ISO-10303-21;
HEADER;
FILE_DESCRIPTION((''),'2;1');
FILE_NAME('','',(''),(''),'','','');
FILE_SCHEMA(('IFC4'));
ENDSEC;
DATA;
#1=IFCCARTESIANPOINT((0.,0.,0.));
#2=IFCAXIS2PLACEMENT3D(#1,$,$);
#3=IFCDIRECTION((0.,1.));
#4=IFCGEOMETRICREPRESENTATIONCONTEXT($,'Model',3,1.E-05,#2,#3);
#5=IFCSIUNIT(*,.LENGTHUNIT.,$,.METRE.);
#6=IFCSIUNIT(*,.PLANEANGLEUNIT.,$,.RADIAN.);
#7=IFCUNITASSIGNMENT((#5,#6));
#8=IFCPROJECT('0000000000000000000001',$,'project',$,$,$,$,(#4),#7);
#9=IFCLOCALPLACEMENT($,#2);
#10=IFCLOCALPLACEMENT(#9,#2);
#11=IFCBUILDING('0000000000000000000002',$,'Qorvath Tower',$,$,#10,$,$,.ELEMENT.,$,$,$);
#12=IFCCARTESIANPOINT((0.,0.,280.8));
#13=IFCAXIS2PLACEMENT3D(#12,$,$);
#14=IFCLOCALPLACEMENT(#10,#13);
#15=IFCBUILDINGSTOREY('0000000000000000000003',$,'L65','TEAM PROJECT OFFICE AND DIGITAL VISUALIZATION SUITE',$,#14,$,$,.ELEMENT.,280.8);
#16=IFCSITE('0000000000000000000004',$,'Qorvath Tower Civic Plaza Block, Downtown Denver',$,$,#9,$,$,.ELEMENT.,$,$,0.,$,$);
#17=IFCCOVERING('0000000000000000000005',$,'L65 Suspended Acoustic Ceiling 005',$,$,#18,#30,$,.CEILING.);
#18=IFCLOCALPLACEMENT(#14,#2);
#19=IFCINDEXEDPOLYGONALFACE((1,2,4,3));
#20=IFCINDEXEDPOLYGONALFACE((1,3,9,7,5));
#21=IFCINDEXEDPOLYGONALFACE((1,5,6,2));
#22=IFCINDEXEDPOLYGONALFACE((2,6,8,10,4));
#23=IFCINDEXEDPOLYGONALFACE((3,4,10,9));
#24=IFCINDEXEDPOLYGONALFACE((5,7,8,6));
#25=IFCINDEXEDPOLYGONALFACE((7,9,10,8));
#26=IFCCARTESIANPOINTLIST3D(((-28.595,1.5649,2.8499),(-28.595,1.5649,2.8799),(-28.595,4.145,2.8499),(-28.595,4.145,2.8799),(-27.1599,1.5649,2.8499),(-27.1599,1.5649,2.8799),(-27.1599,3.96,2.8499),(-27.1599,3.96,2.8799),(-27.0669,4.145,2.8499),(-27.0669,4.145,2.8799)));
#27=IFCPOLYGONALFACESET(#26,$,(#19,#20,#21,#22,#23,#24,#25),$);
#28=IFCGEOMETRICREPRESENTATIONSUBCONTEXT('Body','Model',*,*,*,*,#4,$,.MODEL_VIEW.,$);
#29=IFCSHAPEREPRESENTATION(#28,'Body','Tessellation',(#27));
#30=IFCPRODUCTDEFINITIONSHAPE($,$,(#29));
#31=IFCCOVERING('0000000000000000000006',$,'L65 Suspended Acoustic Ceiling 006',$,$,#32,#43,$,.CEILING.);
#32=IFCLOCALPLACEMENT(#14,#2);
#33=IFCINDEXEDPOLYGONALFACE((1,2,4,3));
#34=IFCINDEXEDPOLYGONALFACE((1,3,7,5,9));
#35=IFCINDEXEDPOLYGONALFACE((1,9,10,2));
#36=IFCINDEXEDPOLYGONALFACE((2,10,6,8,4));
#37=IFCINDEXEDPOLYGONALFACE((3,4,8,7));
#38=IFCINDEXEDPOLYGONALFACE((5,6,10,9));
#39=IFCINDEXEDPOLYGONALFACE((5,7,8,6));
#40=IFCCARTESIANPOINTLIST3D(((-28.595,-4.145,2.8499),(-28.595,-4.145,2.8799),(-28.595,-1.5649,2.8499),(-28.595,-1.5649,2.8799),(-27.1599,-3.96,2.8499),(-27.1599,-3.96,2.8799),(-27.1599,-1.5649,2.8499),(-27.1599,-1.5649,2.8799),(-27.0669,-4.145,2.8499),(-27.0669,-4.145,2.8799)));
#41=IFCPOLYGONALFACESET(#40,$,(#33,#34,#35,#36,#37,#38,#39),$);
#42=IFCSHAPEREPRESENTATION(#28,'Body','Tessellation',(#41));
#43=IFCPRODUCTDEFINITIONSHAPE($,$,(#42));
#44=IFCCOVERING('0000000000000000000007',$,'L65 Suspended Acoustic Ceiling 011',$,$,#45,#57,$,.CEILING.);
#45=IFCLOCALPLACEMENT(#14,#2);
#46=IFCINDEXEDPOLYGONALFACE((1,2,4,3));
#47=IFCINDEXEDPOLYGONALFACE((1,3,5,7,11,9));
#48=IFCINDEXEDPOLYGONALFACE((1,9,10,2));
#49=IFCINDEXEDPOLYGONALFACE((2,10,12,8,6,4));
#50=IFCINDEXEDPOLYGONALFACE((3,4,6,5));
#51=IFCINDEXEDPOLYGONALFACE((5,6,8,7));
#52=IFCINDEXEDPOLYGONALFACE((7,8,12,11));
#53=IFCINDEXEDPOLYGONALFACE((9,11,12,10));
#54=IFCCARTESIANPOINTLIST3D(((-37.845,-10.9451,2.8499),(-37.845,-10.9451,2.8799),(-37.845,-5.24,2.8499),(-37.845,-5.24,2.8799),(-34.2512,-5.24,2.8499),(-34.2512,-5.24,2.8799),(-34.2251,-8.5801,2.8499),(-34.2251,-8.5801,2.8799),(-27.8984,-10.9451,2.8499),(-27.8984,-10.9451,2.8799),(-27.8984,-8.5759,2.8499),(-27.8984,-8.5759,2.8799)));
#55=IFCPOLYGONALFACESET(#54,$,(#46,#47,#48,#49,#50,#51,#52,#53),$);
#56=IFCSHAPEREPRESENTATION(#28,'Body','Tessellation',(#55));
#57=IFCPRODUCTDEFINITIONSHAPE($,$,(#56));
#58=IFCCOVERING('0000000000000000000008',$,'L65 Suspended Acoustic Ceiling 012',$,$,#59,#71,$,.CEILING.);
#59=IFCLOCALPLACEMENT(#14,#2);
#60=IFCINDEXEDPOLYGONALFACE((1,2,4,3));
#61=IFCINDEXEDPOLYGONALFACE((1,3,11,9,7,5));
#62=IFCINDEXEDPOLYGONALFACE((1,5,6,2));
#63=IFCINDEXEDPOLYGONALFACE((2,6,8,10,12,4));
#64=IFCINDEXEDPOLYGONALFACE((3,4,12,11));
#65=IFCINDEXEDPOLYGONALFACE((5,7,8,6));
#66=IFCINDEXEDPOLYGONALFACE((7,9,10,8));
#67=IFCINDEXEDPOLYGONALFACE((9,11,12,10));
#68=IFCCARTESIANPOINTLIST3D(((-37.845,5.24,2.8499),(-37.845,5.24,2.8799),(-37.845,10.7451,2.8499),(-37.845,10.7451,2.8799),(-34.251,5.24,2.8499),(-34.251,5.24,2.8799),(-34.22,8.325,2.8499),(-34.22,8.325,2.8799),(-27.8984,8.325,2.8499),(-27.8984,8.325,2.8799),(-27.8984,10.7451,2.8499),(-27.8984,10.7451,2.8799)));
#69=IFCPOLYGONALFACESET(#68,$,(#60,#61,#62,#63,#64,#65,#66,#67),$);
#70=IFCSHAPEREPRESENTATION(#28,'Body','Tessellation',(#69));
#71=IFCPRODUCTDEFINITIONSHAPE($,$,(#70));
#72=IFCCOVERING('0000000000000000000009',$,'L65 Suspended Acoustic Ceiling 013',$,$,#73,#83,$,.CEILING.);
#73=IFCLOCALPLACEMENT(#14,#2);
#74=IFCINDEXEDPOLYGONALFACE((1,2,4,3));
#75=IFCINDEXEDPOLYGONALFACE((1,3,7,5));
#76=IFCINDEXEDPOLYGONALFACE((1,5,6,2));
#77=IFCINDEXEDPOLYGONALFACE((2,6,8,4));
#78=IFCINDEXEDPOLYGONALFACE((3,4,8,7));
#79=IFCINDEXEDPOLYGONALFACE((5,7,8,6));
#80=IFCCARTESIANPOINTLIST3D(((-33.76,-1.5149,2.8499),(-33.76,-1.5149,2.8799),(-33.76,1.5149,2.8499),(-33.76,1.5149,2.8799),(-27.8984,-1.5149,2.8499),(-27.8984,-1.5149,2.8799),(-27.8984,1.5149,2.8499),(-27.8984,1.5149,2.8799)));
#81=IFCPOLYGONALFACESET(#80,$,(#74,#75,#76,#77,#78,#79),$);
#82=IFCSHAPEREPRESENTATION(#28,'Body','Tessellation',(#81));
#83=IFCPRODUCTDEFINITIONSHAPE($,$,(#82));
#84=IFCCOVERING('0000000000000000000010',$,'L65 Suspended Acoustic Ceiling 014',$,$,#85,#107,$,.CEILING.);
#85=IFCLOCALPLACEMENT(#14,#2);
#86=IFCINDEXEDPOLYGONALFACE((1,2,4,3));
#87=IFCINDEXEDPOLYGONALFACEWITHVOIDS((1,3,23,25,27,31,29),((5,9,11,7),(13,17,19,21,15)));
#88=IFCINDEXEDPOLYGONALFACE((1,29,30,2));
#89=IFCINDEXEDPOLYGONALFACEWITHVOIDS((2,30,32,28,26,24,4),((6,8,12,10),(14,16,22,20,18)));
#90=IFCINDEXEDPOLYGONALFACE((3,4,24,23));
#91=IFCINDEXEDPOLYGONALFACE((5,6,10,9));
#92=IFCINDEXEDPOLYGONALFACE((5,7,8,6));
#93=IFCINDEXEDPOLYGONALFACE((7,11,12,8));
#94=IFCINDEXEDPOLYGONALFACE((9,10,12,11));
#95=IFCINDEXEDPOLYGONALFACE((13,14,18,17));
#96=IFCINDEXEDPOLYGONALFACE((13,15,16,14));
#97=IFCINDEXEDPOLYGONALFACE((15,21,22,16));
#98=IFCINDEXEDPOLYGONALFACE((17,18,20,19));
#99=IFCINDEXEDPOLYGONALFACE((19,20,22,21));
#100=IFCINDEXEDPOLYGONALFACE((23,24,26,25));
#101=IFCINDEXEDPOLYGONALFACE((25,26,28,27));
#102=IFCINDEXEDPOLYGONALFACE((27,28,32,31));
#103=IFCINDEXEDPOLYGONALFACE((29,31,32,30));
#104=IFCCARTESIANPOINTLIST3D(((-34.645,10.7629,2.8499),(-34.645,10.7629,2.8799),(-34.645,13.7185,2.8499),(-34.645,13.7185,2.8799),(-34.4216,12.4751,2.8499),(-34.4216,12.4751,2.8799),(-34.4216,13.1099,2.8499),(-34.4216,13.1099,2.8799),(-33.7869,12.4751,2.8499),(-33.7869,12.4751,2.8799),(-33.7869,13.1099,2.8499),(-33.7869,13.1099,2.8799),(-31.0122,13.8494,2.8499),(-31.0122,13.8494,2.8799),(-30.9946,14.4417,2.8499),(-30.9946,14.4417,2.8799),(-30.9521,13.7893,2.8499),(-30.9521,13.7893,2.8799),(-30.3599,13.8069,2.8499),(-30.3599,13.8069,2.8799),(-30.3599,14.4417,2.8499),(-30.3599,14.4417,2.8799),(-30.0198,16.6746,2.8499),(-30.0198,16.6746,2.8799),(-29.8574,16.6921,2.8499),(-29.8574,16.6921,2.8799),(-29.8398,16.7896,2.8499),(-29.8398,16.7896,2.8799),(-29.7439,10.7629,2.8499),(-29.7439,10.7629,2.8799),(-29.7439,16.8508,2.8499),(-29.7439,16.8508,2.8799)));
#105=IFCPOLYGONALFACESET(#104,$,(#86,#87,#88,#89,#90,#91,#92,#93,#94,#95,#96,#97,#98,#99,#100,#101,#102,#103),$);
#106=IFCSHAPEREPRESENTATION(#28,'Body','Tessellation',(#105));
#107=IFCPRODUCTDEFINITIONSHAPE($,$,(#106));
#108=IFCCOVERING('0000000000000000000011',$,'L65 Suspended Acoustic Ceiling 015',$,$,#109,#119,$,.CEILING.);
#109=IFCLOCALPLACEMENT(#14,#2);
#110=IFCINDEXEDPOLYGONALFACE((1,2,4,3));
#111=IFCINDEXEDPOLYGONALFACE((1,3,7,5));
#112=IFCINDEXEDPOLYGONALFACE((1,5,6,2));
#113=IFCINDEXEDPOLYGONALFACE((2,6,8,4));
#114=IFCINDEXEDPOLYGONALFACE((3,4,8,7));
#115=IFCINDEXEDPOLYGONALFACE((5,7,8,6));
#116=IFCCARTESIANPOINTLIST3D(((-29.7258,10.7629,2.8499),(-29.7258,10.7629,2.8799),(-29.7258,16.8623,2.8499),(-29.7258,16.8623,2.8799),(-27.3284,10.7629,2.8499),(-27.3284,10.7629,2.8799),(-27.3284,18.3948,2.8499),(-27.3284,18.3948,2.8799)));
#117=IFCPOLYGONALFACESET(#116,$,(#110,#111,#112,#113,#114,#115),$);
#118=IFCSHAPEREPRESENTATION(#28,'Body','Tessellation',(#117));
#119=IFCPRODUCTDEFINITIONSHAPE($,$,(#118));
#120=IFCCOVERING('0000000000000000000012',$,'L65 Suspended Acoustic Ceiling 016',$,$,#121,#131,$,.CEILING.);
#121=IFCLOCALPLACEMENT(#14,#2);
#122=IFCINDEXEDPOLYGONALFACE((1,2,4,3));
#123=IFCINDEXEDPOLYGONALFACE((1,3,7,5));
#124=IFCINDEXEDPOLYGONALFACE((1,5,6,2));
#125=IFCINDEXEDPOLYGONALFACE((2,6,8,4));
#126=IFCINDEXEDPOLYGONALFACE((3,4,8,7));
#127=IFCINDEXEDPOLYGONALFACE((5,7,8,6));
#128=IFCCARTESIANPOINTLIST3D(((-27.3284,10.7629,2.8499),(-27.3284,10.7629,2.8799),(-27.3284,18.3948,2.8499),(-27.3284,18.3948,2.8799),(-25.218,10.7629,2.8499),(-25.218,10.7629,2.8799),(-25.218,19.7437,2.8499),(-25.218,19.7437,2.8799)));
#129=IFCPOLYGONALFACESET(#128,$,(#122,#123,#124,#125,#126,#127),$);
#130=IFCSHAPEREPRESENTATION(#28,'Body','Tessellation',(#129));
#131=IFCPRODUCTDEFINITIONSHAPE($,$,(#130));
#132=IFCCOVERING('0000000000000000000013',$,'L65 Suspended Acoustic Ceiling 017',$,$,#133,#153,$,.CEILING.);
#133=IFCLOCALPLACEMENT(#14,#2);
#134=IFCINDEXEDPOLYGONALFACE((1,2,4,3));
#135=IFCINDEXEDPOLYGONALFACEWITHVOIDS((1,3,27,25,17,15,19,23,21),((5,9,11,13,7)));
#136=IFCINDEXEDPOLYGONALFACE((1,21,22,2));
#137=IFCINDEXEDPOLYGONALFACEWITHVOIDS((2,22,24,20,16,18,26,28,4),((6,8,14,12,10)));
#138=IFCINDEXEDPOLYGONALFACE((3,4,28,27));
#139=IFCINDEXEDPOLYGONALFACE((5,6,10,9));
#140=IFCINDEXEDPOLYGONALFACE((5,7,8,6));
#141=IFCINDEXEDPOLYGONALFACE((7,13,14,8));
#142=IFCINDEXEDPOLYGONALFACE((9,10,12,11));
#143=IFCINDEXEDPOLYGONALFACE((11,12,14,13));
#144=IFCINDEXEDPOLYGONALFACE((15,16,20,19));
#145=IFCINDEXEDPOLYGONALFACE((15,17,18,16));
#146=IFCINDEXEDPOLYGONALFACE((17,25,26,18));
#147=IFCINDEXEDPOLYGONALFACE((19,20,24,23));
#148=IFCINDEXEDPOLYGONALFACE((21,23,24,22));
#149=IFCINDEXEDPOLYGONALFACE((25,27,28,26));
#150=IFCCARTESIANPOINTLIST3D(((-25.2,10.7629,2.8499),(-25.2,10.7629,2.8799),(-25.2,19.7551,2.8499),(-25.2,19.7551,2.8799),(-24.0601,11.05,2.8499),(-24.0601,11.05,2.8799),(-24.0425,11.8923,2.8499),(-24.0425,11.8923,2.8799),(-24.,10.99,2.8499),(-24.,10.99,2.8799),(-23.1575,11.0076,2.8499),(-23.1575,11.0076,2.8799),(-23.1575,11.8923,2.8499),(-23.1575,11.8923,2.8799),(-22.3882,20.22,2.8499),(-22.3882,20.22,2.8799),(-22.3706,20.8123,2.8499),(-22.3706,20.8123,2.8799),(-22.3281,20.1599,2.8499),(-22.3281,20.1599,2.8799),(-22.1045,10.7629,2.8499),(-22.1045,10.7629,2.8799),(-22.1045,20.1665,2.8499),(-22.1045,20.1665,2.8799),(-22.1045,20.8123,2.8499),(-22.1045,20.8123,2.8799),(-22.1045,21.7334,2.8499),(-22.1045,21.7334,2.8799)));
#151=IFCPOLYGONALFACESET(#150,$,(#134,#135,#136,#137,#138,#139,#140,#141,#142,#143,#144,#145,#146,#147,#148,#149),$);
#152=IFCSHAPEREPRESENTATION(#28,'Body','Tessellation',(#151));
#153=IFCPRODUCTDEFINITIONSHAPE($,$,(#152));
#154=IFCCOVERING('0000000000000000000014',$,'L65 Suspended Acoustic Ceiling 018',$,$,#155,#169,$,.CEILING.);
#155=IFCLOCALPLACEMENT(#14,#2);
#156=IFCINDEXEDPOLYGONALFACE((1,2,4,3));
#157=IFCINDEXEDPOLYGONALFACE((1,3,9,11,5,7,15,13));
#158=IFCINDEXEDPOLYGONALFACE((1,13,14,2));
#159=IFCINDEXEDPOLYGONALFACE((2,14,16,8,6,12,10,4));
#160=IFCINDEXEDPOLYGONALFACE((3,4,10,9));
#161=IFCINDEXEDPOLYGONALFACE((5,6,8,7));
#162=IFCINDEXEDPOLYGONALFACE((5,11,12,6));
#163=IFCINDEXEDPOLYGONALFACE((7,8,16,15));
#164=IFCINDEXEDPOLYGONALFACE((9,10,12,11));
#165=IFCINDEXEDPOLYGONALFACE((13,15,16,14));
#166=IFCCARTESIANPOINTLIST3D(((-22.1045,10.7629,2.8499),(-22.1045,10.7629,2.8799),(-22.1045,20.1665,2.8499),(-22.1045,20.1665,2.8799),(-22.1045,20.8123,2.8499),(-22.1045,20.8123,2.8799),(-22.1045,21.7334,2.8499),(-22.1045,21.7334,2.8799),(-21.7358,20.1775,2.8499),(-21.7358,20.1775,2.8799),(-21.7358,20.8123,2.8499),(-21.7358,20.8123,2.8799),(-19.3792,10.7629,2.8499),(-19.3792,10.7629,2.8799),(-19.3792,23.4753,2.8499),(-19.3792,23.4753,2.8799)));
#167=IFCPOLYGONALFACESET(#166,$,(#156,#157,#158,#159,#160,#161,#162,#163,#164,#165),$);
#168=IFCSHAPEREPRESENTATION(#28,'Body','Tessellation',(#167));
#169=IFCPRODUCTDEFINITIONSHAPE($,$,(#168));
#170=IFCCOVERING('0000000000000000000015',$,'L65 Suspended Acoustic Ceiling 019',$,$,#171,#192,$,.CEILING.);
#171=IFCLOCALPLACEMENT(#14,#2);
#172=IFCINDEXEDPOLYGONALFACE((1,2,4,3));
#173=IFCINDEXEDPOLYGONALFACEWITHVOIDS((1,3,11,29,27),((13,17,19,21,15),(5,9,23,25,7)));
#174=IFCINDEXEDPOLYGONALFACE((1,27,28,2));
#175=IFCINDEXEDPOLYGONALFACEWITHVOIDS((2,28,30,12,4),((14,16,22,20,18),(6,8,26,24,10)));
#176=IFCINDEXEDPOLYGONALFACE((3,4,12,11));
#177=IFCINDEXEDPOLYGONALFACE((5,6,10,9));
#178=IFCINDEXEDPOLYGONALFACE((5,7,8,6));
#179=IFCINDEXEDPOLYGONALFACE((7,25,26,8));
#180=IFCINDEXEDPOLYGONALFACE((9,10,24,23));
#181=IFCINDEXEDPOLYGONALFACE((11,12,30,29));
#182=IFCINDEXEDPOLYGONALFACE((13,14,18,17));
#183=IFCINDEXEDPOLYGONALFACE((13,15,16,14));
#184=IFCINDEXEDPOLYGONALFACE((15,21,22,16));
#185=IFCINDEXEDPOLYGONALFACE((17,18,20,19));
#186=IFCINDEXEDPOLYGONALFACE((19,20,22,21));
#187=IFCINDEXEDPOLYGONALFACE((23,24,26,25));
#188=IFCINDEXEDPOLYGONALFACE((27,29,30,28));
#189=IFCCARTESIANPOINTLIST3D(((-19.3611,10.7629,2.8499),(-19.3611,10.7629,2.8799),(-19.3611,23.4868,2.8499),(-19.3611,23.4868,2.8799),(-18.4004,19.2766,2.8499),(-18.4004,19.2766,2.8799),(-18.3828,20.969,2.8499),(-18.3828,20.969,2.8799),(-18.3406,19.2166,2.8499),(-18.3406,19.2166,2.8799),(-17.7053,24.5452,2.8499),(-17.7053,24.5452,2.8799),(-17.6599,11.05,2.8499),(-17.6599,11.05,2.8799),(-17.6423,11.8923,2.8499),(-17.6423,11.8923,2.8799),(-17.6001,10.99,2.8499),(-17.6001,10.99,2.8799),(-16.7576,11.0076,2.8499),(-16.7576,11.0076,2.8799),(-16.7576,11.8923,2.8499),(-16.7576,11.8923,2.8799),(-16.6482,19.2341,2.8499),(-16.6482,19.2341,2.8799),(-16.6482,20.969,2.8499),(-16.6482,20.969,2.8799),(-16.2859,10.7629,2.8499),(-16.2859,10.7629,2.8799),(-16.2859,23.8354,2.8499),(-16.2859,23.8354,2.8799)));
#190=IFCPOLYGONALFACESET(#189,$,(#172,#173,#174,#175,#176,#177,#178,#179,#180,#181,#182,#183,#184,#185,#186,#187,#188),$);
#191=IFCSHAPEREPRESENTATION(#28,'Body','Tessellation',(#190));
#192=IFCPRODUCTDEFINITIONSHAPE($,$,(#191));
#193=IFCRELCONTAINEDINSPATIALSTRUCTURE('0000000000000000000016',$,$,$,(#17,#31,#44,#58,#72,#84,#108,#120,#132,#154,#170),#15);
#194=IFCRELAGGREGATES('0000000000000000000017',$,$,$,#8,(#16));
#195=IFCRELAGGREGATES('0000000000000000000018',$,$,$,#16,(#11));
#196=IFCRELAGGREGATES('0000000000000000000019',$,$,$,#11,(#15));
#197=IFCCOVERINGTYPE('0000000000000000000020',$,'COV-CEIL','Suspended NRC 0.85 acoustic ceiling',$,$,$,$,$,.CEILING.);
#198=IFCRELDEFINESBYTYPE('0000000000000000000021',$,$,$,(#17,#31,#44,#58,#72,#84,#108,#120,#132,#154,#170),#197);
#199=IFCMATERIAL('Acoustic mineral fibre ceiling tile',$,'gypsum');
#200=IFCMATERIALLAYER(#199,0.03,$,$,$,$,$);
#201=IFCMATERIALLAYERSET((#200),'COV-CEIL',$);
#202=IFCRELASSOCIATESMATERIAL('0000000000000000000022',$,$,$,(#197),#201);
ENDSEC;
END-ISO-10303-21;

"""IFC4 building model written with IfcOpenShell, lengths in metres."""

from ifc_helpers import new_model, si_unit, direction, frame, origin, place, context, subcontext, project, spatial, polyline, outline, extrude, material, layer, layer_set, type_object, element, save


model = new_model("IFC4")

# Units and contexts
model_context = context("Model", 3, precision=1e-05, world=origin(), true_north=direction((0.0, 1.0)))
body_context = subcontext(model_context, "Body", "Model", "MODEL_VIEW")
ifc_project = project(units=[si_unit("LENGTHUNIT", "METRE"), si_unit("PLANEANGLEUNIT", "RADIAN")], contexts=[model_context])

# Site, building, storey
site_placement = place(None, origin())
site = spatial("IfcSite", under=ifc_project, at=site_placement, Name="Qorvath Tower Civic Plaza Block, Downtown Denver", CompositionType="ELEMENT", RefElevation=0.0)
building_placement = place(site_placement, origin())
building = spatial("IfcBuilding", under=site, at=building_placement, Name="Qorvath Tower", CompositionType="ELEMENT")
storey_placement = place(building_placement, frame((0.0, 0.0, 280.8)))
storey = spatial("IfcBuildingStorey", under=building, at=storey_placement, Name="L65", Description="TEAM PROJECT OFFICE AND DIGITAL VISUALIZATION SUITE", CompositionType="ELEMENT", Elevation=280.8)

# Coverings
ifc_material_1 = material(Name="Acoustic mineral fibre ceiling tile", Category="gypsum")
ifc_layer_1 = layer(ifc_material_1, 0.03)
ifc_layer_set_1 = layer_set([ifc_layer_1], Name="COV-CEIL")
covering_type_1 = type_object("IfcCoveringType", Name="COV-CEIL", Description="Suspended NRC 0.85 acoustic ceiling", PredefinedType="CEILING", material=ifc_layer_set_1)
covering_1_placement = place(storey_placement, frame((0.0, 0.0, 2.8499)))
element("IfcCovering", 1, at=covering_1_placement, inside=storey, type_object=covering_type_1, Name="L65 Suspended Acoustic Ceiling 005", PredefinedType="CEILING", context=body_context, shape_type="SweptSolid", body=[
    extrude(outline(polyline([(-27.1599, 1.5649), (-27.1599, 3.96), (-27.0669, 4.145), (-28.595, 4.145), (-28.595, 1.5649), (-27.1599, 1.5649)])), origin(), (0.0, 0.0, 1.0), 0.03),
])
covering_2_placement = place(storey_placement, frame((0.0, 0.0, 2.8499)))
element("IfcCovering", 2, at=covering_2_placement, inside=storey, type_object=covering_type_1, Name="L65 Suspended Acoustic Ceiling 006", PredefinedType="CEILING", context=body_context, shape_type="SweptSolid", body=[
    extrude(outline(polyline([(-27.0669, -4.145), (-27.1599, -3.96), (-27.1599, -1.5649), (-28.595, -1.5649), (-28.595, -4.145), (-27.0669, -4.145)])), origin(), (0.0, 0.0, 1.0), 0.03),
])
covering_3_placement = place(storey_placement, frame((0.0, 0.0, 2.8499)))
element("IfcCovering", 3, at=covering_3_placement, inside=storey, type_object=covering_type_1, Name="L65 Suspended Acoustic Ceiling 011", PredefinedType="CEILING", context=body_context, shape_type="SweptSolid", body=[
    extrude(outline(polyline([(-34.2251, -8.5801), (-34.2512, -5.24), (-37.845, -5.24), (-37.845, -10.9451), (-27.8984, -10.9451), (-27.8984, -8.5759), (-34.2251, -8.5801)])), origin(), (0.0, 0.0, 1.0), 0.03),
])
covering_4_placement = place(storey_placement, frame((0.0, 0.0, 2.8499)))
element("IfcCovering", 4, at=covering_4_placement, inside=storey, type_object=covering_type_1, Name="L65 Suspended Acoustic Ceiling 012", PredefinedType="CEILING", context=body_context, shape_type="SweptSolid", body=[
    extrude(outline(polyline([(-27.8984, 8.325), (-27.8984, 10.7451), (-37.845, 10.7451), (-37.845, 5.24), (-34.251, 5.24), (-34.22, 8.325), (-27.8984, 8.325)])), origin(), (0.0, 0.0, 1.0), 0.03),
])
covering_5_placement = place(storey_placement, frame((0.0, 0.0, 2.8499)))
element("IfcCovering", 5, at=covering_5_placement, inside=storey, type_object=covering_type_1, Name="L65 Suspended Acoustic Ceiling 013", PredefinedType="CEILING", context=body_context, shape_type="SweptSolid", body=[
    extrude(outline(polyline([(-27.8984, -1.5149), (-27.8984, 1.5149), (-33.76, 1.5149), (-33.76, -1.5149), (-27.8984, -1.5149)])), origin(), (0.0, 0.0, 1.0), 0.03),
])
covering_6_placement = place(storey_placement, frame((0.0, 0.0, 2.8499)))
element("IfcCovering", 6, at=covering_6_placement, inside=storey, type_object=covering_type_1, Name="L65 Suspended Acoustic Ceiling 014", PredefinedType="CEILING", context=body_context, shape_type="SweptSolid", body=[
    extrude(outline(polyline([(-29.7439, 16.8508), (-29.8398, 16.7896), (-29.8574, 16.6921), (-30.0198, 16.6746), (-34.645, 13.7185), (-34.645, 10.7629), (-29.7439, 10.7629), (-29.7439, 16.8508)]), holes=[polyline([(-30.9946, 14.4417), (-30.3599, 14.4417), (-30.3599, 13.8069), (-30.9521, 13.7893), (-31.0122, 13.8494), (-30.9946, 14.4417)]), polyline([(-34.4216, 13.1099), (-33.7869, 13.1099), (-33.7869, 12.4751), (-34.4216, 12.4751), (-34.4216, 13.1099)])]), origin(), (0.0, 0.0, 1.0), 0.03),
])
covering_7_placement = place(storey_placement, frame((0.0, 0.0, 2.8499)))
element("IfcCovering", 7, at=covering_7_placement, inside=storey, type_object=covering_type_1, Name="L65 Suspended Acoustic Ceiling 015", PredefinedType="CEILING", context=body_context, shape_type="SweptSolid", body=[
    extrude(outline(polyline([(-29.7258, 16.8623), (-29.7258, 10.7629), (-27.3284, 10.7629), (-27.3284, 18.3948), (-29.7258, 16.8623)])), origin(), (0.0, 0.0, 1.0), 0.03),
])
covering_8_placement = place(storey_placement, frame((0.0, 0.0, 2.8499)))
element("IfcCovering", 8, at=covering_8_placement, inside=storey, type_object=covering_type_1, Name="L65 Suspended Acoustic Ceiling 016", PredefinedType="CEILING", context=body_context, shape_type="SweptSolid", body=[
    extrude(outline(polyline([(-27.3284, 18.3948), (-27.3284, 10.7629), (-25.218, 10.7629), (-25.218, 19.7437), (-27.3284, 18.3948)])), origin(), (0.0, 0.0, 1.0), 0.03),
])
covering_9_placement = place(storey_placement, frame((0.0, 0.0, 2.8499)))
element("IfcCovering", 9, at=covering_9_placement, inside=storey, type_object=covering_type_1, Name="L65 Suspended Acoustic Ceiling 017", PredefinedType="CEILING", context=body_context, shape_type="SweptSolid", body=[
    extrude(outline(polyline([(-25.2, 19.7551), (-25.2, 10.7629), (-22.1045, 10.7629), (-22.1045, 20.1665), (-22.3281, 20.1599), (-22.3882, 20.22), (-22.3706, 20.8123), (-22.1045, 20.8123), (-22.1045, 21.7334), (-25.2, 19.7551)]), holes=[polyline([(-24.0601, 11.05), (-24.0425, 11.8923), (-23.1575, 11.8923), (-23.1575, 11.0076), (-24.0, 10.99), (-24.0601, 11.05)])]), origin(), (0.0, 0.0, 1.0), 0.03),
])
covering_10_placement = place(storey_placement, frame((0.0, 0.0, 2.8499)))
element("IfcCovering", 10, at=covering_10_placement, inside=storey, type_object=covering_type_1, Name="L65 Suspended Acoustic Ceiling 018", PredefinedType="CEILING", context=body_context, shape_type="SweptSolid", body=[
    extrude(outline(polyline([(-22.1045, 21.7334), (-22.1045, 20.8123), (-21.7358, 20.8123), (-21.7358, 20.1775), (-22.1045, 20.1665), (-22.1045, 10.7629), (-19.3792, 10.7629), (-19.3792, 23.4753), (-22.1045, 21.7334)])), origin(), (0.0, 0.0, 1.0), 0.03),
])
covering_11_placement = place(storey_placement, frame((0.0, 0.0, 2.8499)))
element("IfcCovering", 11, at=covering_11_placement, inside=storey, type_object=covering_type_1, Name="L65 Suspended Acoustic Ceiling 019", PredefinedType="CEILING", context=body_context, shape_type="SweptSolid", body=[
    extrude(outline(polyline([(-16.2859, 10.7629), (-16.2859, 23.8354), (-17.7053, 24.5452), (-19.3611, 23.4868), (-19.3611, 10.7629), (-16.2859, 10.7629)]), holes=[polyline([(-18.4004, 19.2766), (-18.3828, 20.969), (-16.6482, 20.969), (-16.6482, 19.2341), (-18.3406, 19.2166), (-18.4004, 19.2766)]), polyline([(-17.6599, 11.05), (-17.6423, 11.8923), (-16.7576, 11.8923), (-16.7576, 11.0076), (-17.6001, 10.99), (-17.6599, 11.05)])]), origin(), (0.0, 0.0, 1.0), 0.03),
])

save(model, "model.ifc")
